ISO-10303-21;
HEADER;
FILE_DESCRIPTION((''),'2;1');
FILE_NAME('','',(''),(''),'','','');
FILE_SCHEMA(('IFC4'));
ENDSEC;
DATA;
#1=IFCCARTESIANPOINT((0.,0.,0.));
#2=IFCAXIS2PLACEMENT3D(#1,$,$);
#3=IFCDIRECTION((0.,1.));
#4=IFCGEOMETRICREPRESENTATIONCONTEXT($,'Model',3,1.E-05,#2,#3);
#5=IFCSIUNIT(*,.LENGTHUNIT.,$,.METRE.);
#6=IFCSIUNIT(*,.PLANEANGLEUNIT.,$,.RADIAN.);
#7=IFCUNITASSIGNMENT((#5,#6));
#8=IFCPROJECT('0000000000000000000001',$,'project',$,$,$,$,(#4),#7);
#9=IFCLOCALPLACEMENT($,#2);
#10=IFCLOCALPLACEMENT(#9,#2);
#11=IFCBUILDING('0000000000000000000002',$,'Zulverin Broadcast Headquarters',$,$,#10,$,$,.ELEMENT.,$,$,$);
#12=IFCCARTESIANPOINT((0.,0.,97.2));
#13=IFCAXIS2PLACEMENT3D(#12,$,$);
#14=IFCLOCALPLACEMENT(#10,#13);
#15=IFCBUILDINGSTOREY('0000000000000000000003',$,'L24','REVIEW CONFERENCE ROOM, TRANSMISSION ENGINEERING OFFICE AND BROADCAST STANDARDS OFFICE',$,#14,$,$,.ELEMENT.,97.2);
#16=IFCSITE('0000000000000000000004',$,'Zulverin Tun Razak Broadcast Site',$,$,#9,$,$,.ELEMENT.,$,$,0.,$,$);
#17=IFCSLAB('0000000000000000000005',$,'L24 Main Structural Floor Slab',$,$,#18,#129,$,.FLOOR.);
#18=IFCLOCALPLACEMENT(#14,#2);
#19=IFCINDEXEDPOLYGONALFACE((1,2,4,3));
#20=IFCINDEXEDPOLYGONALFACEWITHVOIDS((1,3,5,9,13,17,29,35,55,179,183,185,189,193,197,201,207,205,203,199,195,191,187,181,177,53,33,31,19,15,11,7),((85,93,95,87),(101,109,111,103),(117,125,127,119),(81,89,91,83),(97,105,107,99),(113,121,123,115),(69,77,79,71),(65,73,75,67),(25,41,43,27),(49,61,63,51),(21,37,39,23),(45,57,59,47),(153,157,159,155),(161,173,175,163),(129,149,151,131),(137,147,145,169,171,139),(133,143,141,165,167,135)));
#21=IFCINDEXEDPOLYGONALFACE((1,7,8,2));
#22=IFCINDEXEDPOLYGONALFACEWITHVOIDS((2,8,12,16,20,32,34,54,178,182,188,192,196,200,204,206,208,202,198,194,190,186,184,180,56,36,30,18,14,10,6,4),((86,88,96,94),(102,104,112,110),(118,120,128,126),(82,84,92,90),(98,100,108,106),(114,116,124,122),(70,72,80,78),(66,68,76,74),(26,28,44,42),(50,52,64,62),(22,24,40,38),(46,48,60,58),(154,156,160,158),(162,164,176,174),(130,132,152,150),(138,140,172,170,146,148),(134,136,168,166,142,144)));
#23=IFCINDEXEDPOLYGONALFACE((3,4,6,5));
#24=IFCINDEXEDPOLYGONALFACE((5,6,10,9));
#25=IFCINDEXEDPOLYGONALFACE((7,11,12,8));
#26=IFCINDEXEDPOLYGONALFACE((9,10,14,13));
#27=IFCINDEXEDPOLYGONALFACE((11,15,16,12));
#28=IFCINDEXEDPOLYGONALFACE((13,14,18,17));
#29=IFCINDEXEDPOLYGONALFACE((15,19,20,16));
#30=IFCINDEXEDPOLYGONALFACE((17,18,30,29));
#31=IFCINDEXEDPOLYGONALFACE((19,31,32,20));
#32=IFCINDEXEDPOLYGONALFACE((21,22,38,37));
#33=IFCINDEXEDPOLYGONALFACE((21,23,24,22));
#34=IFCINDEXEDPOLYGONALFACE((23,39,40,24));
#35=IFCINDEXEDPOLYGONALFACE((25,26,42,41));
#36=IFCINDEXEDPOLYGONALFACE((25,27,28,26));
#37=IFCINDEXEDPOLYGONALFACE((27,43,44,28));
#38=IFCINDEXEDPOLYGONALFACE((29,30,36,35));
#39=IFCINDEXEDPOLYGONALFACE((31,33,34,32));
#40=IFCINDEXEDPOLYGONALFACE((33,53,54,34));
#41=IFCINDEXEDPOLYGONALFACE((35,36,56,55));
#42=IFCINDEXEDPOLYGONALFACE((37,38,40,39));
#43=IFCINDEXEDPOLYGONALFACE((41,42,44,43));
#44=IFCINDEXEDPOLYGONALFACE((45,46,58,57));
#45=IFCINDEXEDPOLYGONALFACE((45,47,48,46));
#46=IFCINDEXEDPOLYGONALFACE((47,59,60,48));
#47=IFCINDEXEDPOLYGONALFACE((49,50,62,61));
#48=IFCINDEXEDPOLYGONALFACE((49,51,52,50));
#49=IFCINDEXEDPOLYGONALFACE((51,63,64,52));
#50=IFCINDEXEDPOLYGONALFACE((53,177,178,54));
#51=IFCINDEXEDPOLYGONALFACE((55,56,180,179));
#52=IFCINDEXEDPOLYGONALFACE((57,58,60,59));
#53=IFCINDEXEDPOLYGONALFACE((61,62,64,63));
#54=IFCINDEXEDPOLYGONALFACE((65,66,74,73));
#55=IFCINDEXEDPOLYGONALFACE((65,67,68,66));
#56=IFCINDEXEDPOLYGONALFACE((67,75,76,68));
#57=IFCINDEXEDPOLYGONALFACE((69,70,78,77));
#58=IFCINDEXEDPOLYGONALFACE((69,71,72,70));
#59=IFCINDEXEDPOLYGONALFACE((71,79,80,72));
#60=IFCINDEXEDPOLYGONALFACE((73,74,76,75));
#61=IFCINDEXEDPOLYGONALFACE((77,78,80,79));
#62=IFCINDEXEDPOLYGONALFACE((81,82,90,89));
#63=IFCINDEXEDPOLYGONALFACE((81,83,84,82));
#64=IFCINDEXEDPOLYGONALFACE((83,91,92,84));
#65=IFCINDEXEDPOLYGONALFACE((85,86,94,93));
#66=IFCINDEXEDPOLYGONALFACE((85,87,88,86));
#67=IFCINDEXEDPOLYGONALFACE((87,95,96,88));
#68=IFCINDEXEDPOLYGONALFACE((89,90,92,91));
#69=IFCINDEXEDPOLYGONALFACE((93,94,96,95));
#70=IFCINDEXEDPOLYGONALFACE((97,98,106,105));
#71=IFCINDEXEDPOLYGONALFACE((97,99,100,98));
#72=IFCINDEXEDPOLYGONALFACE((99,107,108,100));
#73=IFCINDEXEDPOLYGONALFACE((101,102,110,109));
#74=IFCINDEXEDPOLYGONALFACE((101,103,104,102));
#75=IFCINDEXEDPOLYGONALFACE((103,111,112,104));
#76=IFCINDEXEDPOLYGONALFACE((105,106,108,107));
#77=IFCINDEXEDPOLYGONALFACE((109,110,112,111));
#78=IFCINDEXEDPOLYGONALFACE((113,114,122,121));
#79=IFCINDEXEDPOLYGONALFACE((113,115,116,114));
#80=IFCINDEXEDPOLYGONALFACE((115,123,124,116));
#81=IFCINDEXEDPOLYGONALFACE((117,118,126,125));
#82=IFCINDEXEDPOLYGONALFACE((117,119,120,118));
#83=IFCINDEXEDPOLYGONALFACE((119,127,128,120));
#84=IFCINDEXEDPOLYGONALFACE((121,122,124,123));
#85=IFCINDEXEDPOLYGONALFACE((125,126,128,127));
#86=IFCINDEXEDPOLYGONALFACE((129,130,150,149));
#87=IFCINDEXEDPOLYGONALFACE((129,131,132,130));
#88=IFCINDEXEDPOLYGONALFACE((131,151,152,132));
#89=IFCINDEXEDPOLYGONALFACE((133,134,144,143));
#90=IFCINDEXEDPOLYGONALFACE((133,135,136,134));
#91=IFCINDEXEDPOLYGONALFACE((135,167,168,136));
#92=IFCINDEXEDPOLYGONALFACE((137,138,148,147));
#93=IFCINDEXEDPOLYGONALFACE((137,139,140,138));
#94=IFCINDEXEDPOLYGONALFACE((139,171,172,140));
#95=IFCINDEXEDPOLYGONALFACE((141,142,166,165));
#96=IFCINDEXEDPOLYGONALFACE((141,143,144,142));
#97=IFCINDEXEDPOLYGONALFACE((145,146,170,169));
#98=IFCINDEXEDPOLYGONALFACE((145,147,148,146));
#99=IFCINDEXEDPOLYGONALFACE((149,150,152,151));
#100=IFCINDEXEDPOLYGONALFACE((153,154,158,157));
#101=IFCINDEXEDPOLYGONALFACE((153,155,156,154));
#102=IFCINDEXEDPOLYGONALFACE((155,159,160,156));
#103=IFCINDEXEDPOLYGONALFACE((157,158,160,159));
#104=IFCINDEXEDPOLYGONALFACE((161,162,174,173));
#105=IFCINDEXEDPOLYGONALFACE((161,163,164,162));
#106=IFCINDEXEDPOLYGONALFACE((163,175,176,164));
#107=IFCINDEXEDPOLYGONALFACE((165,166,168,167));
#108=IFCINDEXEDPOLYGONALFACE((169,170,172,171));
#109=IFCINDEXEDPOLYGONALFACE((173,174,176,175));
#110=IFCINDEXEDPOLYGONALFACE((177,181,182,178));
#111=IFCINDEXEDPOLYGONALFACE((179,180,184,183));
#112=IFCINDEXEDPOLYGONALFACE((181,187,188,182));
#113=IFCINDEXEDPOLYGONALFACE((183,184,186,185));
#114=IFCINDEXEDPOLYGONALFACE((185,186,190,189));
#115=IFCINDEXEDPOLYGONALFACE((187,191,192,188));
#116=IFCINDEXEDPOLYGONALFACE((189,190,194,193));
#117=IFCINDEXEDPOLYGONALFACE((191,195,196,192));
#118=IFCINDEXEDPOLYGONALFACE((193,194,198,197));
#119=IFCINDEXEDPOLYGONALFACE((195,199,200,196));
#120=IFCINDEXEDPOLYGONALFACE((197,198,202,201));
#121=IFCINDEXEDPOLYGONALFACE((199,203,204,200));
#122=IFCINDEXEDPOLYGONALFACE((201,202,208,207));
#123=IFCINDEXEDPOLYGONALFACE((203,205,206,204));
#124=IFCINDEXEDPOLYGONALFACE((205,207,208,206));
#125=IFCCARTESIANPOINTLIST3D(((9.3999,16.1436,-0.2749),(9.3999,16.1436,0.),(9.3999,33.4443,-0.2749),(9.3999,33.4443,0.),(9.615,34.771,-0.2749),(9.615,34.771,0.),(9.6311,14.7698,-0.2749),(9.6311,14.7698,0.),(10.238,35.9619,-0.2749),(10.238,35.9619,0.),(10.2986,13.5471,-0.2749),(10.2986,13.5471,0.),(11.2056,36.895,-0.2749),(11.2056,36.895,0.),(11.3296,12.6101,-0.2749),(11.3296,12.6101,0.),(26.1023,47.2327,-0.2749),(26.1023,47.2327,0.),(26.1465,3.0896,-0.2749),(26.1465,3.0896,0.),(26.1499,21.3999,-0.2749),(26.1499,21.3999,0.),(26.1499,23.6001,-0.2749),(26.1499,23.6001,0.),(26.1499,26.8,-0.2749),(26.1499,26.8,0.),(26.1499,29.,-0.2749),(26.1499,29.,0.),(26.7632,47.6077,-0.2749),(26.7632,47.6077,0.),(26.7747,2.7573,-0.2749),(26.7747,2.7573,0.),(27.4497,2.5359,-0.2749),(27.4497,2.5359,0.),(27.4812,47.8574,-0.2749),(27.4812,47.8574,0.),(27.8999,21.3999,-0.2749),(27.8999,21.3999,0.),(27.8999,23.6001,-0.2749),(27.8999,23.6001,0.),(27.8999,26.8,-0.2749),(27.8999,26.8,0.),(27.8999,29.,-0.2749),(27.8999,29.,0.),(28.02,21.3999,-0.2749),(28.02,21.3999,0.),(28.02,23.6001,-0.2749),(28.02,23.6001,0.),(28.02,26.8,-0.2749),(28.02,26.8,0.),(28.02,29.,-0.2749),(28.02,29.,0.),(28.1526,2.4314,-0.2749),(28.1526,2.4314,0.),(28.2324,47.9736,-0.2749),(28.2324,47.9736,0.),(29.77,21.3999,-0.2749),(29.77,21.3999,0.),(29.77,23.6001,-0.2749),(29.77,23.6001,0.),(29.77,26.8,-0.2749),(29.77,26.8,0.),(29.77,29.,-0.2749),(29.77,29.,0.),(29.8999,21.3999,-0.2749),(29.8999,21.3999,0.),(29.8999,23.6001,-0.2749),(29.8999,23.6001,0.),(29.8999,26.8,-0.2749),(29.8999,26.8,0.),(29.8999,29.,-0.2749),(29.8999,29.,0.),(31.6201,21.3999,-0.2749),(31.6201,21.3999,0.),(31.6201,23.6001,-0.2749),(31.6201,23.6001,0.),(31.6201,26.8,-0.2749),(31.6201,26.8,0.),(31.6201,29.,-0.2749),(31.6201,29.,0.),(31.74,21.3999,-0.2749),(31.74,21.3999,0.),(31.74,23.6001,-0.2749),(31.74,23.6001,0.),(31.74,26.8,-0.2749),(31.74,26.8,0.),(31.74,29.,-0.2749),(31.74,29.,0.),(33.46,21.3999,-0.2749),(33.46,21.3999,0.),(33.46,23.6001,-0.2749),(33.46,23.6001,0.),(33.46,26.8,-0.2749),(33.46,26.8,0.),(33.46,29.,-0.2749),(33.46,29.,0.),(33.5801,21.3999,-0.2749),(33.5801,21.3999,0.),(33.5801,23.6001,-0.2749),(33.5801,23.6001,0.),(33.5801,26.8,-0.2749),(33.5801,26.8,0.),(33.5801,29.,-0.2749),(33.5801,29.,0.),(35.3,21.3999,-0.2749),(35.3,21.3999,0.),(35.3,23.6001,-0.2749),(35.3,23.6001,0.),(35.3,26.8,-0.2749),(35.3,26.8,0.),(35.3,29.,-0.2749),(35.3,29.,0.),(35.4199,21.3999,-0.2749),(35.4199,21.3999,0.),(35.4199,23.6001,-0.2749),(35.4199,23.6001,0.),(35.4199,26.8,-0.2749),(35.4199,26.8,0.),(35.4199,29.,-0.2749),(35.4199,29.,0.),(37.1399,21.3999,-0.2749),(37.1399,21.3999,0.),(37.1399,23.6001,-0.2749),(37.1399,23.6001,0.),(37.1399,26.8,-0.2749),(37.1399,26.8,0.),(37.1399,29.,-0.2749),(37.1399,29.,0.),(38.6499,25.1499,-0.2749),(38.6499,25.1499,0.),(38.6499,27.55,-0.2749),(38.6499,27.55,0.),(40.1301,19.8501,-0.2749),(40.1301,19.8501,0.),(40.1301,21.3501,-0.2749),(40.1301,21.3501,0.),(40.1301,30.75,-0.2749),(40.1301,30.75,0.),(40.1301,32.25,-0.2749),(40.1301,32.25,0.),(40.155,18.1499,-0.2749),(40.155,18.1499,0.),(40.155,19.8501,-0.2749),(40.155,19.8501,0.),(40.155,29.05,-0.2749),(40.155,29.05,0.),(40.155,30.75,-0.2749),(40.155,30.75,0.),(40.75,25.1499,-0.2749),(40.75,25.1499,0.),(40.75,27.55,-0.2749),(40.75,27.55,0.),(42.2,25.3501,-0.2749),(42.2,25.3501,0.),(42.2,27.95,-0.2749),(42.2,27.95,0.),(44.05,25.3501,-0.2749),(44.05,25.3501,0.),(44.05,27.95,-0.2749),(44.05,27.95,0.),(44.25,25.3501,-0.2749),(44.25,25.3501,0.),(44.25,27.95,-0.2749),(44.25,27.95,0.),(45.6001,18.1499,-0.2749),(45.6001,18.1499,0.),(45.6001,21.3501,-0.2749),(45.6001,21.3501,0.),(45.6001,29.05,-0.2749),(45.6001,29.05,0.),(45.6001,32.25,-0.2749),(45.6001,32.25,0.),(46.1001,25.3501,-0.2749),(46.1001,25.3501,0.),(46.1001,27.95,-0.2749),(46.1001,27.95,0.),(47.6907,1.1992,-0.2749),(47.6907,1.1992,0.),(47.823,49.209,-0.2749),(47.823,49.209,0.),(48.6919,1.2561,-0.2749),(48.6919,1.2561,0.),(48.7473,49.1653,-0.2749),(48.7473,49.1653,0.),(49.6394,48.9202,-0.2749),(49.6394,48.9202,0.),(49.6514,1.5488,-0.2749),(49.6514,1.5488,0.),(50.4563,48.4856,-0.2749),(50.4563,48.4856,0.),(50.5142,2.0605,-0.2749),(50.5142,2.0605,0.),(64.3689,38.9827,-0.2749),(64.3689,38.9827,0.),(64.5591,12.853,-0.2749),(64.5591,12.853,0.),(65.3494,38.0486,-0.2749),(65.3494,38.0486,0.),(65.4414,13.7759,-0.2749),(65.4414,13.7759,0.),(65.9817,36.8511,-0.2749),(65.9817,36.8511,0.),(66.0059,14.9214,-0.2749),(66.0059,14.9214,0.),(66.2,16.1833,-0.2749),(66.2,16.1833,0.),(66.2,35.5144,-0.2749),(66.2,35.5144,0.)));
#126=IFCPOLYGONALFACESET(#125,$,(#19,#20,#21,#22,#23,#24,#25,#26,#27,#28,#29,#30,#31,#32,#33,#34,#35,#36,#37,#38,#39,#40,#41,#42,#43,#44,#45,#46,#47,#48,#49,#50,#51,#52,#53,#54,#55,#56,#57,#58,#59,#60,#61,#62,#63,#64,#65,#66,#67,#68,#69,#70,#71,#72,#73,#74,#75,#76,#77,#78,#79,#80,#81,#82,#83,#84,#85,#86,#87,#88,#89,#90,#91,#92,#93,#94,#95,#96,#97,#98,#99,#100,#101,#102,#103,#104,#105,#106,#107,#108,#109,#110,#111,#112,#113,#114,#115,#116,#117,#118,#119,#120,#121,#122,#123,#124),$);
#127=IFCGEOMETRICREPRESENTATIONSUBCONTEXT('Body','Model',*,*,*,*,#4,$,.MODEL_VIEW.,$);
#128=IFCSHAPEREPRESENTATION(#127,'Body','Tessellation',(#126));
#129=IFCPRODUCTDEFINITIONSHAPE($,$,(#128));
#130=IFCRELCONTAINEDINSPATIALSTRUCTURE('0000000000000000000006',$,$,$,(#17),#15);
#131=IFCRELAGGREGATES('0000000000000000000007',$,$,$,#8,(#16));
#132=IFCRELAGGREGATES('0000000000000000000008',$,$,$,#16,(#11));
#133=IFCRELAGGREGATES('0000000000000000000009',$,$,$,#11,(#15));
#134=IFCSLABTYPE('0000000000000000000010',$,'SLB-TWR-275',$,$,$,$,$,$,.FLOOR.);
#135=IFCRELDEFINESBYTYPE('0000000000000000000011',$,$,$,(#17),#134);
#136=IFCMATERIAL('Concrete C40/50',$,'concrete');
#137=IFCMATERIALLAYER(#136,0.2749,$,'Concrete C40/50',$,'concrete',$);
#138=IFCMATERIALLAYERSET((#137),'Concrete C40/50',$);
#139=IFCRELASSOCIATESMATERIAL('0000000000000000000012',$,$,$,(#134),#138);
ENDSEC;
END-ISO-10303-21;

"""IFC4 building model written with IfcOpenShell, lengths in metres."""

from ifc_helpers import new_model, si_unit, direction, frame, origin, place, context, subcontext, project, spatial, polyline, outline, extrude, material, layer, layer_set, type_object, element, save


model = new_model("IFC4")

# Units and contexts
model_context = context("Model", 3, precision=1e-05, world=origin(), true_north=direction((0.0, 1.0)))
body_context = subcontext(model_context, "Body", "Model", "MODEL_VIEW")
ifc_project = project(units=[si_unit("LENGTHUNIT", "METRE"), si_unit("PLANEANGLEUNIT", "RADIAN")], contexts=[model_context])

# Site, building, storey
site_placement = place(None, origin())
site = spatial("IfcSite", under=ifc_project, at=site_placement, Name="Zulverin Tun Razak Broadcast Site", CompositionType="ELEMENT", RefElevation=0.0)
building_placement = place(site_placement, origin())
building = spatial("IfcBuilding", under=site, at=building_placement, Name="Zulverin Broadcast Headquarters", CompositionType="ELEMENT")
storey_placement = place(building_placement, frame((0.0, 0.0, 97.2)))
storey = spatial("IfcBuildingStorey", under=building, at=storey_placement, Name="L24", Description="REVIEW CONFERENCE ROOM, TRANSMISSION ENGINEERING OFFICE AND BROADCAST STANDARDS OFFICE", CompositionType="ELEMENT", Elevation=97.2)

# Shared definitions
ifc_material_1 = material(Name="Concrete C40/50", Category="concrete")

# Slab
ifc_layer_1 = layer(ifc_material_1, 0.2749, Name="Concrete C40/50", Category="concrete")
ifc_layer_set_1 = layer_set([ifc_layer_1], Name="Concrete C40/50")
slab_type_1 = type_object("IfcSlabType", Name="SLB-TWR-275", PredefinedType="FLOOR", material=ifc_layer_set_1)
slab_1_placement = place(storey_placement, frame((0.0, 0.0, -0.2749)))
element("IfcSlab", 1, at=slab_1_placement, inside=storey, type_object=slab_type_1, Name="L24 Main Structural Floor Slab", PredefinedType="FLOOR", context=body_context, shape_type="SweptSolid", body=[
    extrude(outline(polyline([(26.1465, 3.0896), (26.7747, 2.7573), (27.4497, 2.5359), (28.1526, 2.4314), (47.6907, 1.1992), (48.6919, 1.2561), (49.6514, 1.5488), (50.5142, 2.0605), (64.5591, 12.853), (65.4414, 13.7759), (66.0059, 14.9214), (66.2, 16.1833), (66.2, 35.5144), (65.9817, 36.8511), (65.3494, 38.0486), (64.3689, 38.9827), (50.4563, 48.4856), (49.6394, 48.9202), (48.7473, 49.1653), (47.823, 49.209), (28.2324, 47.9736), (27.4812, 47.8574), (26.7632, 47.6077), (26.1023, 47.2327), (11.2056, 36.895), (10.238, 35.9619), (9.615, 34.771), (9.3999, 33.4443), (9.3999, 16.1436), (9.6311, 14.7698), (10.2986, 13.5471), (11.3296, 12.6101), (26.1465, 3.0896)]), holes=[polyline([(40.155, 30.75), (40.1301, 30.75), (40.1301, 32.25), (45.6001, 32.25), (45.6001, 29.05), (40.155, 29.05), (40.155, 30.75)]), polyline([(40.155, 19.8501), (40.1301, 19.8501), (40.1301, 21.3501), (45.6001, 21.3501), (45.6001, 18.1499), (40.155, 18.1499), (40.155, 19.8501)]), polyline([(26.1499, 26.8), (27.8999, 26.8), (27.8999, 29.0), (26.1499, 29.0), (26.1499, 26.8)]), polyline([(28.02, 26.8), (29.77, 26.8), (29.77, 29.0), (28.02, 29.0), (28.02, 26.8)]), polyline([(26.1499, 21.3999), (27.8999, 21.3999), (27.8999, 23.6001), (26.1499, 23.6001), (26.1499, 21.3999)]), polyline([(28.02, 21.3999), (29.77, 21.3999), (29.77, 23.6001), (28.02, 23.6001), (28.02, 21.3999)]), polyline([(29.8999, 21.3999), (31.6201, 21.3999), (31.6201, 23.6001), (29.8999, 23.6001), (29.8999, 21.3999)]), polyline([(31.74, 21.3999), (33.46, 21.3999), (33.46, 23.6001), (31.74, 23.6001), (31.74, 21.3999)]), polyline([(33.5801, 21.3999), (35.3, 21.3999), (35.3, 23.6001), (33.5801, 23.6001), (33.5801, 21.3999)]), polyline([(35.4199, 21.3999), (37.1399, 21.3999), (37.1399, 23.6001), (35.4199, 23.6001), (35.4199, 21.3999)]), polyline([(29.8999, 26.8), (31.6201, 26.8), (31.6201, 29.0), (29.8999, 29.0), (29.8999, 26.8)]), polyline([(31.74, 26.8), (33.46, 26.8), (33.46, 29.0), (31.74, 29.0), (31.74, 26.8)]), polyline([(33.5801, 26.8), (35.3, 26.8), (35.3, 29.0), (33.5801, 29.0), (33.5801, 26.8)]), polyline([(35.4199, 26.8), (37.1399, 26.8), (37.1399, 29.0), (35.4199, 29.0), (35.4199, 26.8)]), polyline([(42.2, 25.3501), (44.05, 25.3501), (44.05, 27.95), (42.2, 27.95), (42.2, 25.3501)]), polyline([(44.25, 25.3501), (46.1001, 25.3501), (46.1001, 27.95), (44.25, 27.95), (44.25, 25.3501)]), polyline([(38.6499, 25.1499), (40.75, 25.1499), (40.75, 27.55), (38.6499, 27.55), (38.6499, 25.1499)])]), origin(), (0.0, 0.0, 1.0), 0.2749),
])

save(model, "model.ifc")
